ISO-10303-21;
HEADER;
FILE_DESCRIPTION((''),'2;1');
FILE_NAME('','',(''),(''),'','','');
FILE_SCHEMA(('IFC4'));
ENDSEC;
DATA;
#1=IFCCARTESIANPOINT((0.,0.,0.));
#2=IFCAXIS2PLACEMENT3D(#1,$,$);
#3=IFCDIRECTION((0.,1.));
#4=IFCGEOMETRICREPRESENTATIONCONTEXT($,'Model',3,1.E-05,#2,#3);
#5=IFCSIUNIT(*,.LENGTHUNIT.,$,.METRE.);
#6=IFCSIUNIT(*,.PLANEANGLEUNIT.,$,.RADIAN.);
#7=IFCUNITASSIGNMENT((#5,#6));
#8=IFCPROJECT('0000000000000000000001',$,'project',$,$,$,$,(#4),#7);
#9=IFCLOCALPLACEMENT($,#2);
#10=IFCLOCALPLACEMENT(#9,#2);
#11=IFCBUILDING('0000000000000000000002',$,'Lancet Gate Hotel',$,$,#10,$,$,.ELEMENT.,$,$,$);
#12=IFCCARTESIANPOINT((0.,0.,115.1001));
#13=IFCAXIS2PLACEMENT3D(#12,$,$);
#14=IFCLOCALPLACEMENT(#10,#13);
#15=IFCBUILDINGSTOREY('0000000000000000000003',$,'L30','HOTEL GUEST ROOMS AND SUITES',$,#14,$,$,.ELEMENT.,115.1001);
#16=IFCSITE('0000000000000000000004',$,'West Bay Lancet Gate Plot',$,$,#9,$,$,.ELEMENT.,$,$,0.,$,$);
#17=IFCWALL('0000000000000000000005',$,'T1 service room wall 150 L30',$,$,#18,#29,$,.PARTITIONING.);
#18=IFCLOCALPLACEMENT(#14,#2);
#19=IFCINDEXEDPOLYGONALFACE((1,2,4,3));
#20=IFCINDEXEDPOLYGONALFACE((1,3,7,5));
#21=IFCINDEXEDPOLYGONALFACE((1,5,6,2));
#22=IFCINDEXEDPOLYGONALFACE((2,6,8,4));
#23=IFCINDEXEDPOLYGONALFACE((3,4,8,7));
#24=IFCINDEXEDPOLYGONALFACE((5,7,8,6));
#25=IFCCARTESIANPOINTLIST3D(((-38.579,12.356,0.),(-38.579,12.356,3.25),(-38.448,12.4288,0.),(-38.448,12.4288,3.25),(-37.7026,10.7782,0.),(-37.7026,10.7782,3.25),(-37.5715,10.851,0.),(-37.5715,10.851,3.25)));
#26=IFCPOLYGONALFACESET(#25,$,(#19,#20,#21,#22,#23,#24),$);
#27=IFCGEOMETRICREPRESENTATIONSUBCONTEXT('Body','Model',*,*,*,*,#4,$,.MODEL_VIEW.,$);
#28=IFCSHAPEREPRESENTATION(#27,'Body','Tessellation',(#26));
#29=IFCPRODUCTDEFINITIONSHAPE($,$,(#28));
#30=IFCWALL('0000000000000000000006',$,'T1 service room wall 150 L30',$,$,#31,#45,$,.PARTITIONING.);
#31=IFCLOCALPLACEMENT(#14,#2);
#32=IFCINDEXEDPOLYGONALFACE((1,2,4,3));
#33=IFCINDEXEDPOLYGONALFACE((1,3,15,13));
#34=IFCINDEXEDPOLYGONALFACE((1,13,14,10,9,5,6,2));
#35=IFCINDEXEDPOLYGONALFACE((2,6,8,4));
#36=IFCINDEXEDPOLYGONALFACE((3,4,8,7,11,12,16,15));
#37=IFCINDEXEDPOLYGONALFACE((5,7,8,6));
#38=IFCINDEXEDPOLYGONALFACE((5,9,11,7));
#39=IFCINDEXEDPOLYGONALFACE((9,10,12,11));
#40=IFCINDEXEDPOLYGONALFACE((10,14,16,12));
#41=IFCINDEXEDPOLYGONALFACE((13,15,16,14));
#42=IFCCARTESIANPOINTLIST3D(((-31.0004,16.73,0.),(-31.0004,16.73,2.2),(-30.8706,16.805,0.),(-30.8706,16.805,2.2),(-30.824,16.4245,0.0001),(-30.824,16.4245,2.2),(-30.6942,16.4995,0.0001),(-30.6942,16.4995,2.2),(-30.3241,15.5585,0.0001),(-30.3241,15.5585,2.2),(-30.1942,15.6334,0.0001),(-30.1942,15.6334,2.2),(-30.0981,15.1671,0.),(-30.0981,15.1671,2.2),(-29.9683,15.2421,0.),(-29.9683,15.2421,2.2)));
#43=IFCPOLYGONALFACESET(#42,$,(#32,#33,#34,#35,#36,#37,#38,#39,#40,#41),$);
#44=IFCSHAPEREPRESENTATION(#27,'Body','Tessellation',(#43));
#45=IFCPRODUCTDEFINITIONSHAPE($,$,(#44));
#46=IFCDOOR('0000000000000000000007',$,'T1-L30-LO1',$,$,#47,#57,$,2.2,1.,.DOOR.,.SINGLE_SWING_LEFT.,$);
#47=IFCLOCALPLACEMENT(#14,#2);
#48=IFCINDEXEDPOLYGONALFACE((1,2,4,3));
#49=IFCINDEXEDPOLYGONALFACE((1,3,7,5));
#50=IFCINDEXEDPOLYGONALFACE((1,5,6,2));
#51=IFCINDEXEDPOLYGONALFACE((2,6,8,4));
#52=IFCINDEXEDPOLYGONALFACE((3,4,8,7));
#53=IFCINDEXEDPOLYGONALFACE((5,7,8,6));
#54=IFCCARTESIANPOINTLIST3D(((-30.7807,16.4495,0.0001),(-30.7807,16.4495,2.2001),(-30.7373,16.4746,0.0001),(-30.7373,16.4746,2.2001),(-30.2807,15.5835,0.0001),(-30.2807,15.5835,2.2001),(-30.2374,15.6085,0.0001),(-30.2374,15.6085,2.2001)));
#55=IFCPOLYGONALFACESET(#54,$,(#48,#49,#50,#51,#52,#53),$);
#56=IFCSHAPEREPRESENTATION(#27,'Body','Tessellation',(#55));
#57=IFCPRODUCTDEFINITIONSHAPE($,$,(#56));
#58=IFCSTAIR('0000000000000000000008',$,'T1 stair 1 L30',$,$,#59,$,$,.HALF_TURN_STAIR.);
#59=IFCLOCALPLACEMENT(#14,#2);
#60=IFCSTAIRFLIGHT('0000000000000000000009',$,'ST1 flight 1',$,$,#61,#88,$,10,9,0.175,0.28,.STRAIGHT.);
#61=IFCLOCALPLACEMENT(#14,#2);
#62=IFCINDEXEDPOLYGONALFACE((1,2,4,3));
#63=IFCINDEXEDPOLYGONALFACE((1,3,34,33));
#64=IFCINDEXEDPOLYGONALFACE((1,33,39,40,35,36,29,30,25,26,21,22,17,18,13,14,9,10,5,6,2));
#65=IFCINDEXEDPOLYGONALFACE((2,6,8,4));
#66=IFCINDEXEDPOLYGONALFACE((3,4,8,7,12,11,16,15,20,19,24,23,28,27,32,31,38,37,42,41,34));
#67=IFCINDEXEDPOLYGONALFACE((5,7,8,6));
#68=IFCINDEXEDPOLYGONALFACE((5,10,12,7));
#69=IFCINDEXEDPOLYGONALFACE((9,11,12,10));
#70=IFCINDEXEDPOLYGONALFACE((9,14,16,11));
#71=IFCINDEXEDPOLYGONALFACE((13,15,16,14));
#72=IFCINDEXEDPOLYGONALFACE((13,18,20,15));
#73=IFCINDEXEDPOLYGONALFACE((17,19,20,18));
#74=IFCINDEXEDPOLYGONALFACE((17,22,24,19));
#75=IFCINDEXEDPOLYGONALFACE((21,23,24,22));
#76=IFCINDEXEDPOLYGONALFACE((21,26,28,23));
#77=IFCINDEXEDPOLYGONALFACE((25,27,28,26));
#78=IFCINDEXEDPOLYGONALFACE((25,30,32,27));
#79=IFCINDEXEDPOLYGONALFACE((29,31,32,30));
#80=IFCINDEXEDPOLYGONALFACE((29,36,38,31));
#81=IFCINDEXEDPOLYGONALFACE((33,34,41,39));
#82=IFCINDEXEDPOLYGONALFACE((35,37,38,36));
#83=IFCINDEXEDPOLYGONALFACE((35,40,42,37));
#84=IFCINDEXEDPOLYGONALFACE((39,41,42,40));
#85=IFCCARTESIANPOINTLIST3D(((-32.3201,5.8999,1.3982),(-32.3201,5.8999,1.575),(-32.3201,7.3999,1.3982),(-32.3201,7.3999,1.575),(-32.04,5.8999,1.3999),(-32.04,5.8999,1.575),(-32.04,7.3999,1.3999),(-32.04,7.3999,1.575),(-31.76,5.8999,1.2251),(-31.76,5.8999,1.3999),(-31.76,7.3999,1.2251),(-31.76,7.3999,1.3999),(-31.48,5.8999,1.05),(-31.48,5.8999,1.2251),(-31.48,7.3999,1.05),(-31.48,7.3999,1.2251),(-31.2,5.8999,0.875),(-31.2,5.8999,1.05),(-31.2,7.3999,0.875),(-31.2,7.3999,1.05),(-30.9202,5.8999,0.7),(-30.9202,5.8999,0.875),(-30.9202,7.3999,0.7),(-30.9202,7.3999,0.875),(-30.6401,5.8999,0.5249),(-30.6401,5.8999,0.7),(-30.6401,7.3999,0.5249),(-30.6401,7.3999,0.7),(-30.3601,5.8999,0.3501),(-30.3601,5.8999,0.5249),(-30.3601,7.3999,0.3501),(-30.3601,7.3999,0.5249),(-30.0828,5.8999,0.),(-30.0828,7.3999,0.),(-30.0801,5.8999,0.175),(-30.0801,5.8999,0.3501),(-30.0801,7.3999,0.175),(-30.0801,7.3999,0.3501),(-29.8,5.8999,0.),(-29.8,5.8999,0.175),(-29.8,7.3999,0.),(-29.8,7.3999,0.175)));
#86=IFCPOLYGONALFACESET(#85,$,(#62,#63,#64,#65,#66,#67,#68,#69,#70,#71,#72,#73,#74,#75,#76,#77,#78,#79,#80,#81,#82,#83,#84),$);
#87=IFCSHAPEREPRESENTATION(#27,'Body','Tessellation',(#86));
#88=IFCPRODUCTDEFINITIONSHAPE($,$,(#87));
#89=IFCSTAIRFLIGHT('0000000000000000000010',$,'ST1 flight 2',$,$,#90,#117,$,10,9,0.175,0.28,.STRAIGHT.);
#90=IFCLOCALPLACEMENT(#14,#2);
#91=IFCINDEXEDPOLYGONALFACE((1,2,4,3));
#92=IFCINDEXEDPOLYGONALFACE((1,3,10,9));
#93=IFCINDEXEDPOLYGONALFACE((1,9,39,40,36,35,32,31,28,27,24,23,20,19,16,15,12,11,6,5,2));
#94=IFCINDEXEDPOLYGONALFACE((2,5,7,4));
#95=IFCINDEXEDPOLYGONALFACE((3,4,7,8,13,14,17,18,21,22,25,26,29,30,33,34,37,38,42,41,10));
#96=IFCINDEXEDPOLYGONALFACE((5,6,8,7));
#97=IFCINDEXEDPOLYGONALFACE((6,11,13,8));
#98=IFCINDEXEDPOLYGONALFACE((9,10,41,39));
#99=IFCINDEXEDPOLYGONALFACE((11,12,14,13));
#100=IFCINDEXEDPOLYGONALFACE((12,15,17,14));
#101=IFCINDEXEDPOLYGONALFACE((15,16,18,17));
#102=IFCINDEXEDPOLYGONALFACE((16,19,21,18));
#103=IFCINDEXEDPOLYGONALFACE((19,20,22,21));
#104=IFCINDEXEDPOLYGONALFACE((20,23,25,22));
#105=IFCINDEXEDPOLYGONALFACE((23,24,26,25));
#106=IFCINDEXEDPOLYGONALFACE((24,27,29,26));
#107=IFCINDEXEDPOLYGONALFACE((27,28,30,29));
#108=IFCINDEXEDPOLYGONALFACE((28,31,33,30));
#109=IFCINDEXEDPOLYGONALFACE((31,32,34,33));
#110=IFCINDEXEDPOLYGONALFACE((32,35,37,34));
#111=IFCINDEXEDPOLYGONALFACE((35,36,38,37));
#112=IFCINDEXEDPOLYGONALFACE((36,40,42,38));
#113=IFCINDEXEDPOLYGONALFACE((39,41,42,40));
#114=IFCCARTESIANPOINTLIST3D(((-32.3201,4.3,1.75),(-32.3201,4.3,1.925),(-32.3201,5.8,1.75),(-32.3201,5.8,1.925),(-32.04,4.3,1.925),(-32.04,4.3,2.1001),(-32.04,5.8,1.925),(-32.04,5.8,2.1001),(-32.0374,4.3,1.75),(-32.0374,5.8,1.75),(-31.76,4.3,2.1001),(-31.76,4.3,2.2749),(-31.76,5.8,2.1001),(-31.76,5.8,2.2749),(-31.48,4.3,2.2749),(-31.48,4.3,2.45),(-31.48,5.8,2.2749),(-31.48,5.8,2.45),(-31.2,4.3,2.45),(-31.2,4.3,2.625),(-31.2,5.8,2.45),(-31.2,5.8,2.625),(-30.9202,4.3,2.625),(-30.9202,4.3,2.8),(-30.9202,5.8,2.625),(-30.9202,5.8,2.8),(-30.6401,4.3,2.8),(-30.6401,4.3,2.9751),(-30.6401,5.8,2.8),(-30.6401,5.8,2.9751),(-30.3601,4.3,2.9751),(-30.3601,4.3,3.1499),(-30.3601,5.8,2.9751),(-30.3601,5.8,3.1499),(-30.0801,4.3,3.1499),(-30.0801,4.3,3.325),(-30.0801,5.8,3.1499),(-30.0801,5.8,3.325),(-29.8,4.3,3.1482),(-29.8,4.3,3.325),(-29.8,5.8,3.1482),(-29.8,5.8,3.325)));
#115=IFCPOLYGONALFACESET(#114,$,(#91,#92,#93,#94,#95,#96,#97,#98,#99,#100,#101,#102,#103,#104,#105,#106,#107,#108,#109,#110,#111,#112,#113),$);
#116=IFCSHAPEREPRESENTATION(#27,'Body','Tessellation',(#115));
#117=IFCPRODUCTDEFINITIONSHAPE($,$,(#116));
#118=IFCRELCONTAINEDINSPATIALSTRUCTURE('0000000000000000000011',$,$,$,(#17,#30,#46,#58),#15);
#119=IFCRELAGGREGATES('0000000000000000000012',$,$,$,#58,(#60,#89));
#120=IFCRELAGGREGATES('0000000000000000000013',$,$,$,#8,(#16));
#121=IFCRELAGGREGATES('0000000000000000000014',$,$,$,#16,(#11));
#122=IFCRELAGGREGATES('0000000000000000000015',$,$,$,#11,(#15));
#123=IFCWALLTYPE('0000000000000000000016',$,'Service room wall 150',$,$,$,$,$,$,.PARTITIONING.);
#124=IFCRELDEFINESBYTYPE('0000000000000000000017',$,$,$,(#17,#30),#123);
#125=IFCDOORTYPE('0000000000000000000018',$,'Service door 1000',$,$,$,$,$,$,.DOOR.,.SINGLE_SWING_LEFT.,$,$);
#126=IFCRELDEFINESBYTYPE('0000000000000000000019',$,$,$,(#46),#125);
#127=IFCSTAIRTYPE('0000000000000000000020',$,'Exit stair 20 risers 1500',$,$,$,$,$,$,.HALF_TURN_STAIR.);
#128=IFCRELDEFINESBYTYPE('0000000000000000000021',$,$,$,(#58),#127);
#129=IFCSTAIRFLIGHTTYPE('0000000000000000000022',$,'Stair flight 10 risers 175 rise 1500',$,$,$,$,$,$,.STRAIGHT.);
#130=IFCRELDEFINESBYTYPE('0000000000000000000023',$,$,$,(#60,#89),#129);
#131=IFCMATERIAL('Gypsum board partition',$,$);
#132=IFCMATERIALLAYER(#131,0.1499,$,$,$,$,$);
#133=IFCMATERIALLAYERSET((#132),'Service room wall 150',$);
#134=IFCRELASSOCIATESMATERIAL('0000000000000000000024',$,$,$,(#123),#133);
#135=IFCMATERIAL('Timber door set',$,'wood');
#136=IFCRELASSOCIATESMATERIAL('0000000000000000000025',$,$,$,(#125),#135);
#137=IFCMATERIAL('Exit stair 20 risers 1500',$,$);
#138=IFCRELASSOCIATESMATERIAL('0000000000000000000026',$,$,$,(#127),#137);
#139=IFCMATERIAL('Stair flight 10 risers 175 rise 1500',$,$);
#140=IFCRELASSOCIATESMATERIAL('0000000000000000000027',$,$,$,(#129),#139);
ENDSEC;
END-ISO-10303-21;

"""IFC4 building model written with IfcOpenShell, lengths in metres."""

from ifc_helpers import new_model, si_unit, direction, frame, frame_2d, origin, place, context, subcontext, project, spatial, polyline, rectangle, outline, extrude, material, layer, layer_set, type_object, element, fill, aggregate, save


model = new_model("IFC4")

# Units and contexts
model_context = context("Model", 3, precision=1e-05, world=origin(), true_north=direction((0.0, 1.0)))
body_context = subcontext(model_context, "Body", "Model", "MODEL_VIEW")
ifc_project = project(units=[si_unit("LENGTHUNIT", "METRE"), si_unit("PLANEANGLEUNIT", "RADIAN")], contexts=[model_context])

# Site, building, storey
site_placement = place(None, origin())
site = spatial("IfcSite", under=ifc_project, at=site_placement, Name="West Bay Lancet Gate Plot", CompositionType="ELEMENT", RefElevation=0.0)
building_placement = place(site_placement, origin())
building = spatial("IfcBuilding", under=site, at=building_placement, Name="Lancet Gate Hotel", CompositionType="ELEMENT")
storey_placement = place(building_placement, frame((0.0, 0.0, 115.1001)))
storey = spatial("IfcBuildingStorey", under=building, at=storey_placement, Name="L30", Description="HOTEL GUEST ROOMS AND SUITES", CompositionType="ELEMENT", Elevation=115.1001)

# Wall
ifc_material_1 = material(Name="Gypsum board partition")
ifc_layer_1 = layer(ifc_material_1, 0.1499)
ifc_layer_set_1 = layer_set([ifc_layer_1], Name="Service room wall 150")
wall_type_1 = type_object("IfcWallType", Name="Service room wall 150", PredefinedType="PARTITIONING", material=ifc_layer_set_1)
wall_1_placement = place(storey_placement, frame((-38.5134, 12.3923, 0.0), z_axis=(0.0, 0.0, 1.0), x_axis=(0.485586, -0.874189, 0.0)))
element("IfcWall", 1, at=wall_1_placement, inside=storey, type_object=wall_type_1, Name="T1 service room wall 150 L30", PredefinedType="PARTITIONING", context=body_context, shape_type="SweptSolid", body=[
    extrude(rectangle(XDim=1.8049, YDim=0.1499, at=frame_2d((0.9023, 0.0))), origin(), (0.0, 0.0, 1.0), 3.25),
])

# Wall, opening, door
wall_2_placement = place(storey_placement, frame((-30.0332, 15.2046, 0.0), z_axis=(0.0, 0.0, 1.0), x_axis=(-0.49998, 0.866037, 0.0)))
wall_2 = element("IfcWall", 2, at=wall_2_placement, inside=storey, type_object=wall_type_1, Name="T1 service room wall 150 L30", PredefinedType="PARTITIONING", context=body_context, shape_type="SweptSolid", body=[
    extrude(rectangle(XDim=1.8047, YDim=0.1499, at=frame_2d((0.9023, 0.0))), origin(), (0.0, 0.0, 1.0), 2.2),
])
opening_1_placement = place(wall_2_placement, frame((0.4519, 0.0, 0.0)))
opening_1 = element("IfcOpeningElement", 3, at=opening_1_placement, cuts=wall_2, PredefinedType="OPENING", context=body_context, shape_type="SweptSolid", body=[
    extrude(rectangle(XDim=1.0, YDim=2.2, at=frame_2d((0.5, 1.1001))), frame((0.0, 0.085, 0.0), z_axis=(0.0, -1.0, 0.0), x_axis=(1.0, 0.0, 0.0)), (0.0, 0.0, 1.0), 0.1699),
])
ifc_material_2 = material(Name="Timber door set", Category="wood")
door_type_1 = type_object("IfcDoorType", Name="Service door 1000", OperationType="SINGLE_SWING_LEFT", PredefinedType="DOOR", material=ifc_material_2)
door_1_placement = place(opening_1_placement, origin())
door_1 = element("IfcDoor", 4, at=door_1_placement, inside=storey, type_object=door_type_1, Name="T1-L30-LO1", OperationType="SINGLE_SWING_LEFT", OverallHeight=2.2, OverallWidth=1.0, PredefinedType="DOOR", context=body_context, shape_type="SweptSolid", body=[
    extrude(rectangle(XDim=1.0, YDim=2.2, at=frame_2d((0.5, 1.1001))), frame((0.0, 0.0249, 0.0), z_axis=(0.0, -1.0, 0.0), x_axis=(1.0, 0.0, 0.0)), (0.0, 0.0, 1.0), 0.05),
])
fill(opening_1, door_1)

# Stair, stair flights
ifc_material_3 = material(Name="Exit stair 20 risers 1500")
stair_type = type_object("IfcStairType", Name="Exit stair 20 risers 1500", PredefinedType="HALF_TURN_STAIR", material=ifc_material_3)
stair_placement = place(storey_placement, origin())
stair = element("IfcStair", 5, at=stair_placement, inside=storey, type_object=stair_type, Name="T1 stair 1 L30", PredefinedType="HALF_TURN_STAIR")
ifc_material_4 = material(Name="Stair flight 10 risers 175 rise 1500")
stair_flight_type = type_object("IfcStairFlightType", Name="Stair flight 10 risers 175 rise 1500", PredefinedType="STRAIGHT", material=ifc_material_4)
stair_flight_1_placement = place(storey_placement, frame((-29.8, 6.6499, 0.0), z_axis=(0.0, 0.0, 1.0), x_axis=(-1.0, 0.0, 0.0)))
stair_flight_1 = element("IfcStairFlight", 6, at=stair_flight_1_placement, type_object=stair_flight_type, Name="ST1 flight 1", NumberOfRisers=10, NumberOfTreads=9, PredefinedType="STRAIGHT", RiserHeight=0.175, TreadLength=0.28, context=body_context, shape_type="SweptSolid", body=[
    extrude(outline(polyline([(0.0, 0.0), (0.0, 0.175), (0.28, 0.175), (0.28, 0.3501), (0.5601, 0.3501), (0.5601, 0.5249), (0.8401, 0.5249), (0.8401, 0.7), (1.1201, 0.7), (1.1201, 0.875), (1.3999, 0.875), (1.3999, 1.05), (1.6799, 1.05), (1.6799, 1.2251), (1.96, 1.2251), (1.96, 1.3999), (2.24, 1.3999), (2.24, 1.575), (2.52, 1.575), (2.52, 1.75), (2.52, 1.3982), (0.2827, 0.0), (0.0, 0.0)])), frame((0.0, 0.75, 0.0), z_axis=(0.0, -1.0, 0.0), x_axis=(1.0, 0.0, 0.0)), (0.0, 0.0, 1.0), 1.5),
])
stair_flight_2_placement = place(storey_placement, frame((-32.3201, 5.05, 1.75), z_axis=(0.0, 0.0, 1.0), x_axis=(1.0, 0.0, 0.0)))
stair_flight_2 = element("IfcStairFlight", 7, at=stair_flight_2_placement, type_object=stair_flight_type, Name="ST1 flight 2", NumberOfRisers=10, NumberOfTreads=9, PredefinedType="STRAIGHT", RiserHeight=0.175, TreadLength=0.28, context=body_context, shape_type="SweptSolid", body=[
    extrude(outline(polyline([(0.0, 0.0), (0.0, 0.175), (0.28, 0.175), (0.28, 0.3501), (0.5601, 0.3501), (0.5601, 0.5249), (0.8401, 0.5249), (0.8401, 0.7), (1.1201, 0.7), (1.1201, 0.875), (1.3999, 0.875), (1.3999, 1.05), (1.6799, 1.05), (1.6799, 1.2251), (1.96, 1.2251), (1.96, 1.3999), (2.24, 1.3999), (2.24, 1.575), (2.52, 1.575), (2.52, 1.75), (2.52, 1.3982), (0.2827, 0.0), (0.0, 0.0)])), frame((0.0, 0.75, 0.0), z_axis=(0.0, -1.0, 0.0), x_axis=(1.0, 0.0, 0.0)), (0.0, 0.0, 1.0), 1.5),
])
aggregate(stair, [stair_flight_1, stair_flight_2])

save(model, "model.ifc")
